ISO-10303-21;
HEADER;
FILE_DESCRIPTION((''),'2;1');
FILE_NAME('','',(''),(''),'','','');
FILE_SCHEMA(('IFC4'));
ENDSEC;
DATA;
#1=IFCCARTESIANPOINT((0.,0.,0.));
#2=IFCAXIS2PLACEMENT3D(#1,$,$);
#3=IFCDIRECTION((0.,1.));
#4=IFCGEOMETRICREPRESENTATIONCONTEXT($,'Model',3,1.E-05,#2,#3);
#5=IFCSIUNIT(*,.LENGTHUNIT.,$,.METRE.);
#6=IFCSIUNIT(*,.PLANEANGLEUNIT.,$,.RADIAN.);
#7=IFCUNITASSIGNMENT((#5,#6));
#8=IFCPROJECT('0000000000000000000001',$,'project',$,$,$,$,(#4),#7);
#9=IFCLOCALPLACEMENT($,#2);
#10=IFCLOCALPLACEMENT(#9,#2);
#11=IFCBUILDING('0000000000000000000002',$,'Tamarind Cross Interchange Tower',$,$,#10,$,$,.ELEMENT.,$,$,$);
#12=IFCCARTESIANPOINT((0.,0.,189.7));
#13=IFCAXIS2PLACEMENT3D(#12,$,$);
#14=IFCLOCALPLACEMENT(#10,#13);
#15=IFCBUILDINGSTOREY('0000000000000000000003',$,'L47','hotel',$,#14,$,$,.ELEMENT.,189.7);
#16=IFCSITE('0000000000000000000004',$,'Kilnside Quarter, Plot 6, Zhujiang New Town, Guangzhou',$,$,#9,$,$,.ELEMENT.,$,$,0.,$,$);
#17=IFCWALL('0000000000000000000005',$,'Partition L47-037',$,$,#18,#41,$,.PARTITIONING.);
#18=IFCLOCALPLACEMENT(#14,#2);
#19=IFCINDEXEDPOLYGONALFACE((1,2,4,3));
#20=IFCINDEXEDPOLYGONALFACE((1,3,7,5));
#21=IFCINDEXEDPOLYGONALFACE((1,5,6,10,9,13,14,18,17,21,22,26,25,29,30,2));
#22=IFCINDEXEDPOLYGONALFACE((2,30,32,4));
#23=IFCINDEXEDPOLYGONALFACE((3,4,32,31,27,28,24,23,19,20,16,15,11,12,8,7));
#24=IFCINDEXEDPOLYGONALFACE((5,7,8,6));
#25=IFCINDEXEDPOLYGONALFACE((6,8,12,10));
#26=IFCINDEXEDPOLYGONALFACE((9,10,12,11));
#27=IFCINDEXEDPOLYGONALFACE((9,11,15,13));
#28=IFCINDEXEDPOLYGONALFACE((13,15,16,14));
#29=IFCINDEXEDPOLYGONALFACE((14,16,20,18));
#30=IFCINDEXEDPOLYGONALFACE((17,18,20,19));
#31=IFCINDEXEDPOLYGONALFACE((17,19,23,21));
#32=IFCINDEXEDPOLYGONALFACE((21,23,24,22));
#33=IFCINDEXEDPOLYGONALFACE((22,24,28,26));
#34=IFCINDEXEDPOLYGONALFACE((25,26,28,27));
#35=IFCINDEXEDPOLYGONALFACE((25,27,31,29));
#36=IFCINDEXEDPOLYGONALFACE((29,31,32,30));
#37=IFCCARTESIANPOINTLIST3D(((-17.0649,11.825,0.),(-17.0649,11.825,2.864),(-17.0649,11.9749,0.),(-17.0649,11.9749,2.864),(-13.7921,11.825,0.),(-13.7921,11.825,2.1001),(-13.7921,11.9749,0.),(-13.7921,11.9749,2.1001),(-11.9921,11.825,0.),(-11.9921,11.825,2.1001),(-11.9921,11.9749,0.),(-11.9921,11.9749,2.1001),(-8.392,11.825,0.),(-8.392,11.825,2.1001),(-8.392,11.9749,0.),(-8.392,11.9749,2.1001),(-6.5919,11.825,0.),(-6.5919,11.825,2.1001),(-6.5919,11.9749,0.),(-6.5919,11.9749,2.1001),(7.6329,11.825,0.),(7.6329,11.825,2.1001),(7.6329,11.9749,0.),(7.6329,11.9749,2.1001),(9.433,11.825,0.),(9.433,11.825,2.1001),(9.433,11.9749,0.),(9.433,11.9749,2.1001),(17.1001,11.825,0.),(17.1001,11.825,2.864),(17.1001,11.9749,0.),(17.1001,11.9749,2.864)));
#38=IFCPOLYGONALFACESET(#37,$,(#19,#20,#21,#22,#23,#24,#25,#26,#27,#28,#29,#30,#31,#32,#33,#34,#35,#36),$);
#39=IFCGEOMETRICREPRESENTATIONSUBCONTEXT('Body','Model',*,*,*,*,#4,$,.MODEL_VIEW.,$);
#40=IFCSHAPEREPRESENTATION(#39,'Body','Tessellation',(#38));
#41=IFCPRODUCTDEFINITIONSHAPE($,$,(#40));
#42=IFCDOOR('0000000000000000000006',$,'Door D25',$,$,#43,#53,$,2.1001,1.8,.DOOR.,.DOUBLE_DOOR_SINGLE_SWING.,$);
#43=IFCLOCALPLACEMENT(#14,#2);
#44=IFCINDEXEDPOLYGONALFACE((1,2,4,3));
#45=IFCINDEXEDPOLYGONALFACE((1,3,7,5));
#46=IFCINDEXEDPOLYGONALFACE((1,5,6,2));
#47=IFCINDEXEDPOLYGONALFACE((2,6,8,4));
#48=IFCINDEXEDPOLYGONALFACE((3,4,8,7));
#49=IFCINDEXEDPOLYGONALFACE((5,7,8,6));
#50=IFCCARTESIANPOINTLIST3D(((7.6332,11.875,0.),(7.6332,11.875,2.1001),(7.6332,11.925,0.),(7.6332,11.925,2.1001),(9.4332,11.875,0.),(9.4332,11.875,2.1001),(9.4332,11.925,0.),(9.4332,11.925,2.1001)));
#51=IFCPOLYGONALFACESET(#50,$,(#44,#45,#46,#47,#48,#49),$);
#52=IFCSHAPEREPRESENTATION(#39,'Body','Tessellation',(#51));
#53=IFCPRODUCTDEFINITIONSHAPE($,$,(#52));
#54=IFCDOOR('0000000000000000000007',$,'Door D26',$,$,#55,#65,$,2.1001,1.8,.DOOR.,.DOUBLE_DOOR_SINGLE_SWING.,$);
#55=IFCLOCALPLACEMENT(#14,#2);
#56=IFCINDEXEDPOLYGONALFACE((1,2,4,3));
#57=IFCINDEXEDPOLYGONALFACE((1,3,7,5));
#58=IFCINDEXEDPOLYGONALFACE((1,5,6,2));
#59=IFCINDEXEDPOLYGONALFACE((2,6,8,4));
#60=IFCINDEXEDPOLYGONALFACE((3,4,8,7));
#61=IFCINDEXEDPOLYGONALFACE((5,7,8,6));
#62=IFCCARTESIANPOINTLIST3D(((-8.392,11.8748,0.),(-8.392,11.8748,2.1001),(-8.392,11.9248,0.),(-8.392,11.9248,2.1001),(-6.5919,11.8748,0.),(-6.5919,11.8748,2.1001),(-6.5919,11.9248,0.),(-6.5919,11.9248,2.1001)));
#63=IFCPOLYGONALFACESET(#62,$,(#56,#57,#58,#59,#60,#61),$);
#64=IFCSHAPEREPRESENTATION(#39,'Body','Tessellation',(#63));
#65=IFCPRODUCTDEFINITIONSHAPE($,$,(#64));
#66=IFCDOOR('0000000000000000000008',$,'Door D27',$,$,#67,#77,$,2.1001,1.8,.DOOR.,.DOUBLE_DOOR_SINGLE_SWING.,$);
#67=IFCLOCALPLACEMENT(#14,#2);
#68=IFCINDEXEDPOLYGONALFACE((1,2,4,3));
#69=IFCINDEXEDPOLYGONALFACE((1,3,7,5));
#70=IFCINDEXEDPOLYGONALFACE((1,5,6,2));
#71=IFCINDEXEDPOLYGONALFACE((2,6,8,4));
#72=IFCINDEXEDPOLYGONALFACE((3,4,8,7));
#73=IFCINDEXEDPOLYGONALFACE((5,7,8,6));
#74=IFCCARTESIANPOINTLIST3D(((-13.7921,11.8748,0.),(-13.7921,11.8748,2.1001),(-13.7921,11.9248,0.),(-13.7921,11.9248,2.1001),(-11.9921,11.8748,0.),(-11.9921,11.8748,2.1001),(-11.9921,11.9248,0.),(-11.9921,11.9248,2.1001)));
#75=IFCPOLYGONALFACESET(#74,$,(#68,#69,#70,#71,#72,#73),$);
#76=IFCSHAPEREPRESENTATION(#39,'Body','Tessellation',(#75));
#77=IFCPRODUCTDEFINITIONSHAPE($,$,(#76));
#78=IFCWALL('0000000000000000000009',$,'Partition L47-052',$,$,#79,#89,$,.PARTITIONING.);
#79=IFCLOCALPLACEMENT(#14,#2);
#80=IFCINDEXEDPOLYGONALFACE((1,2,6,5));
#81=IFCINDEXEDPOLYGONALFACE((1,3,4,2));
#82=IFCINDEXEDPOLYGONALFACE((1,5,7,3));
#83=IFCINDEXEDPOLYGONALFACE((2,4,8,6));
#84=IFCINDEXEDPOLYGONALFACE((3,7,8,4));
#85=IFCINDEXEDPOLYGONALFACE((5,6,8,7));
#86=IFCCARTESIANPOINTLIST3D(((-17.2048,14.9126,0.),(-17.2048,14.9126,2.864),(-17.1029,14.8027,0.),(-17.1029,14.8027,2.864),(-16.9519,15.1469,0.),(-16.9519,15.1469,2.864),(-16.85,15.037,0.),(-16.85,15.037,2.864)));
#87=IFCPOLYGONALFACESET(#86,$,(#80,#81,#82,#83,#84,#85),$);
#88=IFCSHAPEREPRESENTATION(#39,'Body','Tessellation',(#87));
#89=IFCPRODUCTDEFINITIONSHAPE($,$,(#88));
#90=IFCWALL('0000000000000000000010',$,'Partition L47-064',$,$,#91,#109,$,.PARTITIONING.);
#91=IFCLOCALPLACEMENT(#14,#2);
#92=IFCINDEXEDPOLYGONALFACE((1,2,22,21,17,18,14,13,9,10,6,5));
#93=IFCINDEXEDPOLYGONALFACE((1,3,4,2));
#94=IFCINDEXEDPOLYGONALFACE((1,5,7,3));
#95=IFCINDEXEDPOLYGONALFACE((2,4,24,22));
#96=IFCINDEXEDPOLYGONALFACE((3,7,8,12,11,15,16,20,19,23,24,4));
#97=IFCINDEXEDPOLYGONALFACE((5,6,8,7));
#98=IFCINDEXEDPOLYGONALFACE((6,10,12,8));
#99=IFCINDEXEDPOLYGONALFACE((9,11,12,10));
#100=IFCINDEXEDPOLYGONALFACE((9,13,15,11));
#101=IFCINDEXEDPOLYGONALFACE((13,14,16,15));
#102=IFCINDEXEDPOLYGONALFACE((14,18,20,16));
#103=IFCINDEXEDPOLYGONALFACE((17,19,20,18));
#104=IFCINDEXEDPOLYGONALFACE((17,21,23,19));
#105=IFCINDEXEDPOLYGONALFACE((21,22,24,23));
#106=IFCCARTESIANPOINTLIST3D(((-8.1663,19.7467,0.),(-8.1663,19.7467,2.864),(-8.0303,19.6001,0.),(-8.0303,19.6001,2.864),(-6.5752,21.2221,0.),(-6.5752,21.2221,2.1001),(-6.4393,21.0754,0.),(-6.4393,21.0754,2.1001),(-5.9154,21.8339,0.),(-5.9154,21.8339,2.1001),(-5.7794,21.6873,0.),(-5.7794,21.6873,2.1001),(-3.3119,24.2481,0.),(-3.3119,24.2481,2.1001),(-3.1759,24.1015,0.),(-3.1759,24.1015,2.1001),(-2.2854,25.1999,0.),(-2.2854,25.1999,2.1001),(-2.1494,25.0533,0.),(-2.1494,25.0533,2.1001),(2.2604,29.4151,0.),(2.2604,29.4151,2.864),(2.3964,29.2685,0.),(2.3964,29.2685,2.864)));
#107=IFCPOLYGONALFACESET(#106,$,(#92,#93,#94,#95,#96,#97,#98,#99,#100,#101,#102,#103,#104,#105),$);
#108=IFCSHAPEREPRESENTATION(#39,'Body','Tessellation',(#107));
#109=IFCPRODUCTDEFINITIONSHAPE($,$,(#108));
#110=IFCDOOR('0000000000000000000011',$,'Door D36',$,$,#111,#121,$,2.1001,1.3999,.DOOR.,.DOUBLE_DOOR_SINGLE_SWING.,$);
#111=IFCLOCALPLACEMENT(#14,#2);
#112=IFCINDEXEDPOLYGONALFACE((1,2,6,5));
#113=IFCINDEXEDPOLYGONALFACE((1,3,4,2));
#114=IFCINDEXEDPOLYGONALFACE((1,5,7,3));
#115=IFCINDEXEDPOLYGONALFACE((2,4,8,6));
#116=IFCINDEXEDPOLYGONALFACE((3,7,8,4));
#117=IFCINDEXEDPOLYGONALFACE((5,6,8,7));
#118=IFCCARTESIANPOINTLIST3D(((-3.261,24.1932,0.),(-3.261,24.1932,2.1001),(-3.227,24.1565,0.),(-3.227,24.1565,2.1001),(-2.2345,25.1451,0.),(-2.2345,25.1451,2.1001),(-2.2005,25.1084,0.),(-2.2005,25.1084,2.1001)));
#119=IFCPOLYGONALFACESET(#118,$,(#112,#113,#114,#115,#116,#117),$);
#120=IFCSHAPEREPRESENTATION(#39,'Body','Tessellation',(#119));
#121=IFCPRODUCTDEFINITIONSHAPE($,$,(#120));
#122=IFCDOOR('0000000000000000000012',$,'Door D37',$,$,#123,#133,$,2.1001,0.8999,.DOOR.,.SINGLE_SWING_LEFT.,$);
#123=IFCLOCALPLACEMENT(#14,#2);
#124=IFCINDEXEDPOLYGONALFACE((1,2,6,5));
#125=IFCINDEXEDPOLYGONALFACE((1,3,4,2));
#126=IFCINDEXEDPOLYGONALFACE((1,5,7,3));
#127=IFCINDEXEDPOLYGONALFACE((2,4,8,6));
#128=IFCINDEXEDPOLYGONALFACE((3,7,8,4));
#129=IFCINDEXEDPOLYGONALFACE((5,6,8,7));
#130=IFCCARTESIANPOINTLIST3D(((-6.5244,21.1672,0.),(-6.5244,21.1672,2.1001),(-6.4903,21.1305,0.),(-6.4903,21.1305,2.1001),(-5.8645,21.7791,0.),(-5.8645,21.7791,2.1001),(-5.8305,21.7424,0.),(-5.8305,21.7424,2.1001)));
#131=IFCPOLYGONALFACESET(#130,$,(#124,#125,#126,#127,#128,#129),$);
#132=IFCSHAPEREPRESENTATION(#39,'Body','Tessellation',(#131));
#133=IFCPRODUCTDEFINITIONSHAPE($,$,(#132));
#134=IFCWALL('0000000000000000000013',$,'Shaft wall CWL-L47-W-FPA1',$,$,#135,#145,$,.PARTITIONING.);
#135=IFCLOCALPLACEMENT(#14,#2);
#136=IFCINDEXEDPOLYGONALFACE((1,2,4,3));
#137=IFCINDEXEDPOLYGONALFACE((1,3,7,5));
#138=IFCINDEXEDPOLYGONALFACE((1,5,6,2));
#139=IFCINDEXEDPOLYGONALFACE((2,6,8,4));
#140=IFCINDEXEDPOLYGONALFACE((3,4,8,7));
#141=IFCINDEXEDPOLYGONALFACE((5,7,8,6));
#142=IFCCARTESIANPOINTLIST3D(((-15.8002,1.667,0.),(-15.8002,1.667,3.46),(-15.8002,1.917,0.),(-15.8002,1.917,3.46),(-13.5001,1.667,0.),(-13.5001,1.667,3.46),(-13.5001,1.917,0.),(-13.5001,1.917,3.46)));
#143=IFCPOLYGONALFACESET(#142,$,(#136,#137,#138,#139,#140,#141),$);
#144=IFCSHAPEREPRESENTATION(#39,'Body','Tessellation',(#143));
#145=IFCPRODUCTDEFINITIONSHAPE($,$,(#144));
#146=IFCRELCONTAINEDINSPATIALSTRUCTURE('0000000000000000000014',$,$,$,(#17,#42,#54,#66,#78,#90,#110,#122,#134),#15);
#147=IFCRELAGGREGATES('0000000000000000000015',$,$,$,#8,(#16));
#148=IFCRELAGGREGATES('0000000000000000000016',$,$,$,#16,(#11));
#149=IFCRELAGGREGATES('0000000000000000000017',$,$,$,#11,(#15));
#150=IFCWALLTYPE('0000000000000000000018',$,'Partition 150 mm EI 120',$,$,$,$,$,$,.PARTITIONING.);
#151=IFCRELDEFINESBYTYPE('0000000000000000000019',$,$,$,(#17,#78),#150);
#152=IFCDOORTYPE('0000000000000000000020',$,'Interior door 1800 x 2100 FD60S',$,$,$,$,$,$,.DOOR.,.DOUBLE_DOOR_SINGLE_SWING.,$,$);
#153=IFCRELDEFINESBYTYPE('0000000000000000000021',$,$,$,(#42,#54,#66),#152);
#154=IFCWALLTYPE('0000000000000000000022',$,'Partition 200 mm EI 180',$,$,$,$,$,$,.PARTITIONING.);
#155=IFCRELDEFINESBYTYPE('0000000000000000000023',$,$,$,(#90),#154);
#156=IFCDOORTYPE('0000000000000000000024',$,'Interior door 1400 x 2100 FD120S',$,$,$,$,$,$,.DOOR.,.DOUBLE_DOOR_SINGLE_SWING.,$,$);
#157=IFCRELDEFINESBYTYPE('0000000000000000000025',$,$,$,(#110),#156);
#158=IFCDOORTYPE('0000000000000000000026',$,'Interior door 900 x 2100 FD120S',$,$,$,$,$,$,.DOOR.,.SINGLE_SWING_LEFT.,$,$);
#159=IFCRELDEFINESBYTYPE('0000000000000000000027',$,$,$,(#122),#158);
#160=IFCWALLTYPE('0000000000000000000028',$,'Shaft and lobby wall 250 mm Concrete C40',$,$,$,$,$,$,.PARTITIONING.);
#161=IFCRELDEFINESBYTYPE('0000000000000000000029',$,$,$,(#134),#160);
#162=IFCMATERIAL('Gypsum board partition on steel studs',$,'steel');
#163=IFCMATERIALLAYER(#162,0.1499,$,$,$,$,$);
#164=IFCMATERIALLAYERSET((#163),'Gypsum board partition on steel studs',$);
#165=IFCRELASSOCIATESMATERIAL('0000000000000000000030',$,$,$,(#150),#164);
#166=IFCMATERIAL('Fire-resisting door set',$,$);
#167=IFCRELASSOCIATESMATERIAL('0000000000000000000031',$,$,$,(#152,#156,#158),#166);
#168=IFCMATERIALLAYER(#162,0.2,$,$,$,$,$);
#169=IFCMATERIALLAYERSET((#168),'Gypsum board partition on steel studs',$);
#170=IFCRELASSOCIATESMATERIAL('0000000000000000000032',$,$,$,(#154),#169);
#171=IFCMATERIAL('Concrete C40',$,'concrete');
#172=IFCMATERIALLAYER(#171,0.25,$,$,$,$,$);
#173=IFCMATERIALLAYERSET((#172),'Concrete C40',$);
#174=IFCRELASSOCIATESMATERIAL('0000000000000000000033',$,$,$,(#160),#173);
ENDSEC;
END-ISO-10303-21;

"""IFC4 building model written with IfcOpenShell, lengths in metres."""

from ifc_helpers import new_model, si_unit, direction, frame, frame_2d, origin, place, context, subcontext, project, spatial, rectangle, extrude, material, layer, layer_set, type_object, element, fill, save


model = new_model("IFC4")

# Units and contexts
model_context = context("Model", 3, precision=1e-05, world=origin(), true_north=direction((0.0, 1.0)))
body_context = subcontext(model_context, "Body", "Model", "MODEL_VIEW")
ifc_project = project(units=[si_unit("LENGTHUNIT", "METRE"), si_unit("PLANEANGLEUNIT", "RADIAN")], contexts=[model_context])

# Site, building, storey
site_placement = place(None, origin())
site = spatial("IfcSite", under=ifc_project, at=site_placement, Name="Kilnside Quarter, Plot 6, Zhujiang New Town, Guangzhou", CompositionType="ELEMENT", RefElevation=0.0)
building_placement = place(site_placement, origin())
building = spatial("IfcBuilding", under=site, at=building_placement, Name="Tamarind Cross Interchange Tower", CompositionType="ELEMENT")
storey_placement = place(building_placement, frame((0.0, 0.0, 189.7)))
storey = spatial("IfcBuildingStorey", under=building, at=storey_placement, Name="L47", Description="hotel", CompositionType="ELEMENT", Elevation=189.7)

# Shared definitions
ifc_material_1 = material(Name="Concrete C40", Category="concrete")
ifc_material_2 = material(Name="Gypsum board partition on steel studs", Category="steel")
ifc_layer_1 = layer(ifc_material_2, 0.1499)
ifc_layer_set_1 = layer_set([ifc_layer_1], Name="Gypsum board partition on steel studs")
wall_type_1 = type_object("IfcWallType", Name="Partition 150 mm EI 120", PredefinedType="PARTITIONING", material=ifc_layer_set_1)

# Wall, openings, doors
wall_1_placement = place(storey_placement, frame((-17.0649, 11.8999, 0.0), z_axis=(0.0, 0.0, 1.0), x_axis=(1.0, 0.0, 0.0)))
wall_1 = element("IfcWall", 1, at=wall_1_placement, inside=storey, type_object=wall_type_1, Name="Partition L47-037", PredefinedType="PARTITIONING", context=body_context, shape_type="SweptSolid", body=[
    extrude(rectangle(XDim=34.165, YDim=0.1499, at=frame_2d((17.0825, 0.0))), origin(), (0.0, 0.0, 1.0), 2.864),
])
opening_1_placement = place(wall_1_placement, frame((24.698, 0.0, 0.0)))
opening_1 = element("IfcOpeningElement", 2, at=opening_1_placement, cuts=wall_1, PredefinedType="OPENING", context=body_context, shape_type="SweptSolid", body=[
    extrude(rectangle(XDim=1.8, YDim=2.1001, at=frame_2d((0.8999, 1.05))), frame((0.0, 0.085, 0.0), z_axis=(0.0, -1.0, 0.0), x_axis=(1.0, 0.0, 0.0)), (0.0, 0.0, 1.0), 0.1699),
])
opening_2_placement = place(wall_1_placement, frame((8.6731, 0.0, 0.0)))
opening_2 = element("IfcOpeningElement", 3, at=opening_2_placement, cuts=wall_1, PredefinedType="OPENING", context=body_context, shape_type="SweptSolid", body=[
    extrude(rectangle(XDim=1.8, YDim=2.1001, at=frame_2d((0.8999, 1.05))), frame((0.0, 0.085, 0.0), z_axis=(0.0, -1.0, 0.0), x_axis=(1.0, 0.0, 0.0)), (0.0, 0.0, 1.0), 0.1699),
])
opening_3_placement = place(wall_1_placement, frame((3.2729, 0.0, 0.0)))
opening_3 = element("IfcOpeningElement", 4, at=opening_3_placement, cuts=wall_1, PredefinedType="OPENING", context=body_context, shape_type="SweptSolid", body=[
    extrude(rectangle(XDim=1.8, YDim=2.1001, at=frame_2d((0.8999, 1.05))), frame((0.0, 0.085, 0.0), z_axis=(0.0, -1.0, 0.0), x_axis=(1.0, 0.0, 0.0)), (0.0, 0.0, 1.0), 0.1699),
])
ifc_material_3 = material(Name="Fire-resisting door set")
door_type_1 = type_object("IfcDoorType", Name="Interior door 1800 x 2100 FD60S", OperationType="DOUBLE_DOOR_SINGLE_SWING", PredefinedType="DOOR", material=ifc_material_3)
door_1_placement = place(opening_1_placement, frame((1.8, 0.0, 0.0), z_axis=(0.0, 0.0, 1.0), x_axis=(-1.0, 0.0, 0.0)))
door_1 = element("IfcDoor", 5, at=door_1_placement, inside=storey, type_object=door_type_1, Name="Door D25", OperationType="DOUBLE_DOOR_SINGLE_SWING", OverallHeight=2.1001, OverallWidth=1.8, PredefinedType="DOOR", context=body_context, shape_type="SweptSolid", body=[
    extrude(rectangle(XDim=1.8, YDim=2.1001, at=frame_2d((0.8999, 1.05))), frame((0.0, 0.0249, 0.0), z_axis=(0.0, -1.0, 0.0), x_axis=(1.0, 0.0, 0.0)), (0.0, 0.0, 1.0), 0.05),
])
fill(opening_1, door_1)
door_2_placement = place(opening_2_placement, origin())
door_2 = element("IfcDoor", 6, at=door_2_placement, inside=storey, type_object=door_type_1, Name="Door D26", OperationType="DOUBLE_DOOR_SINGLE_SWING", OverallHeight=2.1001, OverallWidth=1.8, PredefinedType="DOOR", context=body_context, shape_type="SweptSolid", body=[
    extrude(rectangle(XDim=1.8, YDim=2.1001, at=frame_2d((0.8999, 1.05))), frame((0.0, 0.0249, 0.0), z_axis=(0.0, -1.0, 0.0), x_axis=(1.0, 0.0, 0.0)), (0.0, 0.0, 1.0), 0.05),
])
fill(opening_2, door_2)
door_3_placement = place(opening_3_placement, origin())
door_3 = element("IfcDoor", 7, at=door_3_placement, inside=storey, type_object=door_type_1, Name="Door D27", OperationType="DOUBLE_DOOR_SINGLE_SWING", OverallHeight=2.1001, OverallWidth=1.8, PredefinedType="DOOR", context=body_context, shape_type="SweptSolid", body=[
    extrude(rectangle(XDim=1.8, YDim=2.1001, at=frame_2d((0.8999, 1.05))), frame((0.0, 0.0249, 0.0), z_axis=(0.0, -1.0, 0.0), x_axis=(1.0, 0.0, 0.0)), (0.0, 0.0, 1.0), 0.05),
])
fill(opening_3, door_3)

# Wall
wall_2_placement = place(storey_placement, frame((-17.1538, 14.8577, 0.0), z_axis=(0.0, 0.0, 1.0), x_axis=(0.733499, 0.67969, 0.0)))
element("IfcWall", 8, at=wall_2_placement, inside=storey, type_object=wall_type_1, Name="Partition L47-052", PredefinedType="PARTITIONING", context=body_context, shape_type="SweptSolid", body=[
    extrude(rectangle(XDim=0.3447, YDim=0.1499, at=frame_2d((0.1724, 0.0))), origin(), (0.0, 0.0, 1.0), 2.864),
])

# Wall, openings, doors
ifc_layer_2 = layer(ifc_material_2, 0.2)
ifc_layer_set_2 = layer_set([ifc_layer_2], Name="Gypsum board partition on steel studs")
wall_type_2 = type_object("IfcWallType", Name="Partition 200 mm EI 180", PredefinedType="PARTITIONING", material=ifc_layer_set_2)
wall_3_placement = place(storey_placement, frame((-8.0984, 19.6733, 0.0), z_axis=(0.0, 0.0, 1.0), x_axis=(0.733268, 0.67994, 0.0)))
wall_3 = element("IfcWall", 9, at=wall_3_placement, inside=storey, type_object=wall_type_2, Name="Partition L47-064", PredefinedType="PARTITIONING", context=body_context, shape_type="SweptSolid", body=[
    extrude(rectangle(XDim=14.2195, YDim=0.2, at=frame_2d((7.1099, 0.0))), origin(), (0.0, 0.0, 1.0), 2.864),
])
opening_4_placement = place(wall_3_placement, frame((6.6204, 0.0, 0.0)))
opening_4 = element("IfcOpeningElement", 10, at=opening_4_placement, cuts=wall_3, PredefinedType="OPENING", context=body_context, shape_type="SweptSolid", body=[
    extrude(rectangle(XDim=1.3999, YDim=2.1001, at=frame_2d((0.7, 1.05))), frame((0.0, 0.1099, 0.0), z_axis=(0.0, -1.0, 0.0), x_axis=(1.0, 0.0, 0.0)), (0.0, 0.0, 1.0), 0.22),
])
opening_5_placement = place(wall_3_placement, frame((2.1699, 0.0, 0.0)))
opening_5 = element("IfcOpeningElement", 11, at=opening_5_placement, cuts=wall_3, PredefinedType="OPENING", context=body_context, shape_type="SweptSolid", body=[
    extrude(rectangle(XDim=0.8999, YDim=2.1001, at=frame_2d((0.45, 1.05))), frame((0.0, 0.1099, 0.0), z_axis=(0.0, -1.0, 0.0), x_axis=(1.0, 0.0, 0.0)), (0.0, 0.0, 1.0), 0.22),
])
door_type_2 = type_object("IfcDoorType", Name="Interior door 1400 x 2100 FD120S", OperationType="DOUBLE_DOOR_SINGLE_SWING", PredefinedType="DOOR", material=ifc_material_3)
door_4_placement = place(opening_4_placement, frame((1.3999, 0.0, 0.0), z_axis=(0.0, 0.0, 1.0), x_axis=(-1.0, 0.0, 0.0)))
door_4 = element("IfcDoor", 12, at=door_4_placement, inside=storey, type_object=door_type_2, Name="Door D36", OperationType="DOUBLE_DOOR_SINGLE_SWING", OverallHeight=2.1001, OverallWidth=1.3999, PredefinedType="DOOR", context=body_context, shape_type="SweptSolid", body=[
    extrude(rectangle(XDim=1.3999, YDim=2.1001, at=frame_2d((0.7, 1.05))), frame((0.0, 0.0249, 0.0), z_axis=(0.0, -1.0, 0.0), x_axis=(1.0, 0.0, 0.0)), (0.0, 0.0, 1.0), 0.05),
])
fill(opening_4, door_4)
door_type_3 = type_object("IfcDoorType", Name="Interior door 900 x 2100 FD120S", OperationType="SINGLE_SWING_LEFT", PredefinedType="DOOR", material=ifc_material_3)
door_5_placement = place(opening_5_placement, frame((0.8999, 0.0, 0.0), z_axis=(0.0, 0.0, 1.0), x_axis=(-1.0, 0.0, 0.0)))
door_5 = element("IfcDoor", 13, at=door_5_placement, inside=storey, type_object=door_type_3, Name="Door D37", OperationType="SINGLE_SWING_LEFT", OverallHeight=2.1001, OverallWidth=0.8999, PredefinedType="DOOR", context=body_context, shape_type="SweptSolid", body=[
    extrude(rectangle(XDim=0.8999, YDim=2.1001, at=frame_2d((0.45, 1.05))), frame((0.0, 0.0249, 0.0), z_axis=(0.0, -1.0, 0.0), x_axis=(1.0, 0.0, 0.0)), (0.0, 0.0, 1.0), 0.05),
])
fill(opening_5, door_5)

# Wall
ifc_layer_3 = layer(ifc_material_1, 0.25)
ifc_layer_set_3 = layer_set([ifc_layer_3], Name="Concrete C40")
wall_type_3 = type_object("IfcWallType", Name="Shaft and lobby wall 250 mm Concrete C40", PredefinedType="PARTITIONING", material=ifc_layer_set_3)
wall_4_placement = place(storey_placement, frame((-15.8, 1.792, 0.0), z_axis=(0.0, 0.0, 1.0), x_axis=(1.0, 0.0, 0.0)))
element("IfcWall", 14, at=wall_4_placement, inside=storey, type_object=wall_type_3, Name="Shaft wall CWL-L47-W-FPA1", PredefinedType="PARTITIONING", context=body_context, shape_type="SweptSolid", body=[
    extrude(rectangle(XDim=2.3, YDim=0.25, at=frame_2d((1.1499, 0.0))), origin(), (0.0, 0.0, 1.0), 3.46),
])

save(model, "model.ifc")
